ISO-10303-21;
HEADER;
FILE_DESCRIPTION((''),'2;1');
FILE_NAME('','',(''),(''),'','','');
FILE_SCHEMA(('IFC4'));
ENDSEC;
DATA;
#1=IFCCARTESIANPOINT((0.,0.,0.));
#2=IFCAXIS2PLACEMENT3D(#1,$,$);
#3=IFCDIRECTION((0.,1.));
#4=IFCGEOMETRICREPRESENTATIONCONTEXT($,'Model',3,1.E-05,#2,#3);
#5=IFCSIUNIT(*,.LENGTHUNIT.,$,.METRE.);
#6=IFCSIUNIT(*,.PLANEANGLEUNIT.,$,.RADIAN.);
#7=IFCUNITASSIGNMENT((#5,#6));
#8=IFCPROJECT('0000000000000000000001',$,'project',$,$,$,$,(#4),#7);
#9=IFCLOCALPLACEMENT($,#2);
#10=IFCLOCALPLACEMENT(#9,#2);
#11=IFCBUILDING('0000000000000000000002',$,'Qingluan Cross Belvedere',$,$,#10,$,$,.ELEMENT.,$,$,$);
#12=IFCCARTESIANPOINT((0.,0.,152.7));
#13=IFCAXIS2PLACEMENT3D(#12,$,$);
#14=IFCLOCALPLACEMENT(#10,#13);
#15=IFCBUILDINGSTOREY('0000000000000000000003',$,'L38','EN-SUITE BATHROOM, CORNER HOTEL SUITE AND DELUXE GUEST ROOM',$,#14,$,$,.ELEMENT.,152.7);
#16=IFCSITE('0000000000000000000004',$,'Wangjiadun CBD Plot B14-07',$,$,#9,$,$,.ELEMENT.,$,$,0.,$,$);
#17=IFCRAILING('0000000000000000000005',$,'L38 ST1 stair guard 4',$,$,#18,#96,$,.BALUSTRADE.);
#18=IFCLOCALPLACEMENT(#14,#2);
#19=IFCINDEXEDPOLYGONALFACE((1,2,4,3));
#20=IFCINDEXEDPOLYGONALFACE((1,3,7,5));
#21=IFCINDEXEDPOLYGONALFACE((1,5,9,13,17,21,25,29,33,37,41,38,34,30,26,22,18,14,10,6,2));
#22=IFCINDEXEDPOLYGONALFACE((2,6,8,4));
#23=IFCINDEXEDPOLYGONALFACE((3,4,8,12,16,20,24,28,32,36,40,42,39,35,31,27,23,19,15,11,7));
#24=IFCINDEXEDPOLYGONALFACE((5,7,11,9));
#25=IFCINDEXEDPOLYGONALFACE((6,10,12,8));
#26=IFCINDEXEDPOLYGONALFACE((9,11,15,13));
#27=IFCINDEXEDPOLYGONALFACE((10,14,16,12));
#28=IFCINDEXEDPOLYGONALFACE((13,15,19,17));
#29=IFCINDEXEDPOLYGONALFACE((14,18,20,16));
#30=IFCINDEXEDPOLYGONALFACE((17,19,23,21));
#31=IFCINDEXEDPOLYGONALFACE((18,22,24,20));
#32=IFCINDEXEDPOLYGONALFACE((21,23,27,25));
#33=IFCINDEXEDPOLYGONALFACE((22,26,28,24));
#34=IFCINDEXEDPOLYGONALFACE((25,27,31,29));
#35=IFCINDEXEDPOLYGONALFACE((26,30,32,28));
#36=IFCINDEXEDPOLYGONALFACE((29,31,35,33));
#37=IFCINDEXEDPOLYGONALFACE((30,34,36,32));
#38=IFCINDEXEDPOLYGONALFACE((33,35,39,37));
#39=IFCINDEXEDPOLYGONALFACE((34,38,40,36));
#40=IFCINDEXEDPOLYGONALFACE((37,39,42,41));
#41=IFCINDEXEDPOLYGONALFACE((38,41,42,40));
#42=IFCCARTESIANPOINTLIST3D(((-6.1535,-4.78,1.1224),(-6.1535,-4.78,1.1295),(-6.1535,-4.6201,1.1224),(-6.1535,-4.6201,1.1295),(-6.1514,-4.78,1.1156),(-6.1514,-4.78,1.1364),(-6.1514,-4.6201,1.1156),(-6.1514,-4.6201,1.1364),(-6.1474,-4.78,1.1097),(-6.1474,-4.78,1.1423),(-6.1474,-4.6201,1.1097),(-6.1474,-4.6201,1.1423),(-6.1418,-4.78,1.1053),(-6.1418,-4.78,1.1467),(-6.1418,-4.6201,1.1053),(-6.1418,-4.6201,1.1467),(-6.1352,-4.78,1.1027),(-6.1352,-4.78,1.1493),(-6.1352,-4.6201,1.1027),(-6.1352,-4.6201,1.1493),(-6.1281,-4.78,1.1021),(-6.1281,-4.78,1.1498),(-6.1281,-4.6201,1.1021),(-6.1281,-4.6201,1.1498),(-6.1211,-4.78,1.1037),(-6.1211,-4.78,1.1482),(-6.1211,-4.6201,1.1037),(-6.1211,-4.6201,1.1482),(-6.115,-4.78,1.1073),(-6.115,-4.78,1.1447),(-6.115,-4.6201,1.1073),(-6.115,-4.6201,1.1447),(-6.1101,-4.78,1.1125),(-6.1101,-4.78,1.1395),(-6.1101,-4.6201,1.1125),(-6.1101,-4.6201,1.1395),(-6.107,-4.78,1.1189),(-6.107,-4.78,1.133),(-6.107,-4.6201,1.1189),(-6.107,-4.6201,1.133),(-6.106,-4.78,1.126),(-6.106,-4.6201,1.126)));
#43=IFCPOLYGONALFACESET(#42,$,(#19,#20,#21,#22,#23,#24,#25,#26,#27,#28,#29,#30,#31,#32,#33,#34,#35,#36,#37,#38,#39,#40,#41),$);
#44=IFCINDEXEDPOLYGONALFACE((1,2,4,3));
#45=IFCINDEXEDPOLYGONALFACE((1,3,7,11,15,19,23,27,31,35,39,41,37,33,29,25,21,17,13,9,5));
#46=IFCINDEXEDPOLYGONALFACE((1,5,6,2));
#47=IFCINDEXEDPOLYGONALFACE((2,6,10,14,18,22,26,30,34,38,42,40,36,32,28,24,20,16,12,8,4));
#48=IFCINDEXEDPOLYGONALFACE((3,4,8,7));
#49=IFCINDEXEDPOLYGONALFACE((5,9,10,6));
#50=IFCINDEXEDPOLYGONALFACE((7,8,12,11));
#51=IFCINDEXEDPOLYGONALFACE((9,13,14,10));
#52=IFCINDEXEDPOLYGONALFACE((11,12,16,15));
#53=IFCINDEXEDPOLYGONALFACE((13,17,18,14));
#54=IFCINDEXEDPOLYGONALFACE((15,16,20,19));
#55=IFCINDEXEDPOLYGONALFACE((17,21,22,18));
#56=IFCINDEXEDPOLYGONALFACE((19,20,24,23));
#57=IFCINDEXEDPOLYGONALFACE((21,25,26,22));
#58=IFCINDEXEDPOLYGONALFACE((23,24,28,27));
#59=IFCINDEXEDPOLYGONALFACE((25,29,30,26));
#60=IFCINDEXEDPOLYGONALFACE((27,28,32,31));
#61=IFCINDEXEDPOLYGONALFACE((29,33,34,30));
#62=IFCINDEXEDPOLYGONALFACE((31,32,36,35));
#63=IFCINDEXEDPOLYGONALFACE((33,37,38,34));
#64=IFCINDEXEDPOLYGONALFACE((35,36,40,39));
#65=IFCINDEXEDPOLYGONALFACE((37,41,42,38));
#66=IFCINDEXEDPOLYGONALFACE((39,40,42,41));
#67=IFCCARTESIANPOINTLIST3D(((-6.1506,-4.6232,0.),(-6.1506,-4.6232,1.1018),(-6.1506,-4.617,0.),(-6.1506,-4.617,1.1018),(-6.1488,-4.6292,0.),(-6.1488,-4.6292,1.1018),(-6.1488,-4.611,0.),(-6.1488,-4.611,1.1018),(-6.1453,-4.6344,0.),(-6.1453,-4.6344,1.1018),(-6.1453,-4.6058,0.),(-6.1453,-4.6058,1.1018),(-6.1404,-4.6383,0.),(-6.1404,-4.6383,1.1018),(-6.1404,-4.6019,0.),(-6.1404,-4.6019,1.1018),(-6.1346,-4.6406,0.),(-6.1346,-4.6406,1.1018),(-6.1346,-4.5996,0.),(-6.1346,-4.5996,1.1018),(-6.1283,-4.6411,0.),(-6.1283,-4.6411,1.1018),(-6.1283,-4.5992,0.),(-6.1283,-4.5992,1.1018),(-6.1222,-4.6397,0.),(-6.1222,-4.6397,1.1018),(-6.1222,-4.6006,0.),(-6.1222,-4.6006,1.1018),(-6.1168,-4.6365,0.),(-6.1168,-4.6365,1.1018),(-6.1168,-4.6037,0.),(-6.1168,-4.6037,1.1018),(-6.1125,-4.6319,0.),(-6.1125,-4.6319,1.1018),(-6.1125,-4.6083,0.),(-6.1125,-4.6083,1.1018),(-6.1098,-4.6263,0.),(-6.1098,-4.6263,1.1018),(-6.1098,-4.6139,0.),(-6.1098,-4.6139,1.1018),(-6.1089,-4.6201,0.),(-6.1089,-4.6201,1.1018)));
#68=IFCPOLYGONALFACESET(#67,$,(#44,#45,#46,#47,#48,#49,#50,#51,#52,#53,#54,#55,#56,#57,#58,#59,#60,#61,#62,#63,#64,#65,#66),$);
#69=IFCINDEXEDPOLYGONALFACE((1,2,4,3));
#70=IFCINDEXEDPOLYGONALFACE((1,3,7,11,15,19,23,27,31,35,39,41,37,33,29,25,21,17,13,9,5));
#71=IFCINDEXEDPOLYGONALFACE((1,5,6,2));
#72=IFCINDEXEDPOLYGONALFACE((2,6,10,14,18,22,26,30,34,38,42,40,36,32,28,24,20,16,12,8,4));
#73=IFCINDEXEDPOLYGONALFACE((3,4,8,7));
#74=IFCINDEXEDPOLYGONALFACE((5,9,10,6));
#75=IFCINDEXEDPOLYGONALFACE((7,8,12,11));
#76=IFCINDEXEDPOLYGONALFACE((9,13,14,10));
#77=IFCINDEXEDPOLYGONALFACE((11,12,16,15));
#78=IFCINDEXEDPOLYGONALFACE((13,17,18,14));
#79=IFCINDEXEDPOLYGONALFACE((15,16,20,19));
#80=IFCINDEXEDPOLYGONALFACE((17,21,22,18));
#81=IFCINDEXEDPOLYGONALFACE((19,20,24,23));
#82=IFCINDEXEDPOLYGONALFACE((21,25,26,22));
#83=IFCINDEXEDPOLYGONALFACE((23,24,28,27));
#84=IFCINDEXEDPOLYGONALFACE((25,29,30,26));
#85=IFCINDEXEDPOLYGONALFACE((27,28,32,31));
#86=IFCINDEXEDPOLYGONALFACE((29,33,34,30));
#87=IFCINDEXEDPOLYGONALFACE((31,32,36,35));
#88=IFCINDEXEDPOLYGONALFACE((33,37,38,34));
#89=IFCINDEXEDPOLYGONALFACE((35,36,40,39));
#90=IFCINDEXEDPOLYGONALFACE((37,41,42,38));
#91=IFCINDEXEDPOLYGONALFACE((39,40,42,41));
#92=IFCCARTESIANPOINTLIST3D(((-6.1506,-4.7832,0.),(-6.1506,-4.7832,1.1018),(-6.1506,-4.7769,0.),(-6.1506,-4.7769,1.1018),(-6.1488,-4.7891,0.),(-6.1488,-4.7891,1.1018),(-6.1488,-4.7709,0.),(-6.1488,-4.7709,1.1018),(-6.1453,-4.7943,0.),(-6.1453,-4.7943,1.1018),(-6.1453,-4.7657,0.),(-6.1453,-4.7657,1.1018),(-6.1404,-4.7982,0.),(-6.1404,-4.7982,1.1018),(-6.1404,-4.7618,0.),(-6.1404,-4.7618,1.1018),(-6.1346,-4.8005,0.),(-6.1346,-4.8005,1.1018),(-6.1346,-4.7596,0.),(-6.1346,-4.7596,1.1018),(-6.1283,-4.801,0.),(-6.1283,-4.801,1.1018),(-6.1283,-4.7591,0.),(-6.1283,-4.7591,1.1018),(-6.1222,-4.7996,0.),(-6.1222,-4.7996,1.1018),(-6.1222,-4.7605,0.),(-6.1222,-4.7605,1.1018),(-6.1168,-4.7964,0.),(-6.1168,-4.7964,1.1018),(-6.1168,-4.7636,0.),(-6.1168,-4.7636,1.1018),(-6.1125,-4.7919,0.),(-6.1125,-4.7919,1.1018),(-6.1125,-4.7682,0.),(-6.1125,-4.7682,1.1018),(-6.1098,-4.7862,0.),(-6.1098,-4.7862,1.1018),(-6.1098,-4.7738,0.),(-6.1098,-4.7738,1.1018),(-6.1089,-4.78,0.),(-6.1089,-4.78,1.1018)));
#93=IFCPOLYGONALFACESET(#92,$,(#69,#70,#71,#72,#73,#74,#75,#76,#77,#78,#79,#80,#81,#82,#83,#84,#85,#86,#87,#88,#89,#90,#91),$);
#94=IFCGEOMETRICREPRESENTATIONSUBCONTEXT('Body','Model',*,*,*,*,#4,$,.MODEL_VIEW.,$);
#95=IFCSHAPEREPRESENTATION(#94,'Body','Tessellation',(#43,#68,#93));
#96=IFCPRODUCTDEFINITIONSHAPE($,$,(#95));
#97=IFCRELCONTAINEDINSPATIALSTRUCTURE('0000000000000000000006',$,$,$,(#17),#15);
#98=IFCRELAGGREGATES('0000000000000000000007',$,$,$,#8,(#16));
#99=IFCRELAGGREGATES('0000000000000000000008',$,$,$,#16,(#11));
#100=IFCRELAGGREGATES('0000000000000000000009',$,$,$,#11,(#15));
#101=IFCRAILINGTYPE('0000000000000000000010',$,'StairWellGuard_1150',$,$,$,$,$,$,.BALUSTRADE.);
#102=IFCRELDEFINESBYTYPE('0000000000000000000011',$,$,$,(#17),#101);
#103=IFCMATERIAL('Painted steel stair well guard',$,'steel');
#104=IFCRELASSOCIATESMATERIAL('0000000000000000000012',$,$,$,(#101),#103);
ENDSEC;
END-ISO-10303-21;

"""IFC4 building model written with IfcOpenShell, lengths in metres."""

from ifc_helpers import new_model, si_unit, direction, frame, origin, origin_2d, place, context, subcontext, project, spatial, circle, extrude, material, type_object, element, save


model = new_model("IFC4")

# Units and contexts
model_context = context("Model", 3, precision=1e-05, world=origin(), true_north=direction((0.0, 1.0)))
body_context = subcontext(model_context, "Body", "Model", "MODEL_VIEW")
ifc_project = project(units=[si_unit("LENGTHUNIT", "METRE"), si_unit("PLANEANGLEUNIT", "RADIAN")], contexts=[model_context])

# Site, building, storey
site_placement = place(None, origin())
site = spatial("IfcSite", under=ifc_project, at=site_placement, Name="Wangjiadun CBD Plot B14-07", CompositionType="ELEMENT", RefElevation=0.0)
building_placement = place(site_placement, origin())
building = spatial("IfcBuilding", under=site, at=building_placement, Name="Qingluan Cross Belvedere", CompositionType="ELEMENT")
storey_placement = place(building_placement, frame((0.0, 0.0, 152.7)))
storey = spatial("IfcBuildingStorey", under=building, at=storey_placement, Name="L38", Description="EN-SUITE BATHROOM, CORNER HOTEL SUITE AND DELUXE GUEST ROOM", CompositionType="ELEMENT", Elevation=152.7)

# Railing
ifc_material_1 = material(Name="Painted steel stair well guard", Category="steel")
railing_type_1 = type_object("IfcRailingType", Name="StairWellGuard_1150", PredefinedType="BALUSTRADE", material=ifc_material_1)
railing_1_placement = place(storey_placement, frame((-6.1299, -4.6201, 0.0)))
element("IfcRailing", 1, at=railing_1_placement, inside=storey, type_object=railing_type_1, Name="L38 ST1 stair guard 4", PredefinedType="BALUSTRADE", context=body_context, shape_type="SweptSolid", body=[
    extrude(circle(Radius=0.0239, at=origin_2d()), frame((0.0, 0.0, 1.126), z_axis=(0.0, -1.0, 0.0), x_axis=(1.0, 0.0, 0.0)), (0.0, 0.0, 1.0), 0.1599),
    extrude(circle(Radius=0.021, at=origin_2d()), origin(), (0.0, 0.0, 1.0), 1.1018),
    extrude(circle(Radius=0.021, at=origin_2d()), frame((0.0, -0.1599, 0.0)), (0.0, 0.0, 1.0), 1.1018),
])

save(model, "model.ifc")
